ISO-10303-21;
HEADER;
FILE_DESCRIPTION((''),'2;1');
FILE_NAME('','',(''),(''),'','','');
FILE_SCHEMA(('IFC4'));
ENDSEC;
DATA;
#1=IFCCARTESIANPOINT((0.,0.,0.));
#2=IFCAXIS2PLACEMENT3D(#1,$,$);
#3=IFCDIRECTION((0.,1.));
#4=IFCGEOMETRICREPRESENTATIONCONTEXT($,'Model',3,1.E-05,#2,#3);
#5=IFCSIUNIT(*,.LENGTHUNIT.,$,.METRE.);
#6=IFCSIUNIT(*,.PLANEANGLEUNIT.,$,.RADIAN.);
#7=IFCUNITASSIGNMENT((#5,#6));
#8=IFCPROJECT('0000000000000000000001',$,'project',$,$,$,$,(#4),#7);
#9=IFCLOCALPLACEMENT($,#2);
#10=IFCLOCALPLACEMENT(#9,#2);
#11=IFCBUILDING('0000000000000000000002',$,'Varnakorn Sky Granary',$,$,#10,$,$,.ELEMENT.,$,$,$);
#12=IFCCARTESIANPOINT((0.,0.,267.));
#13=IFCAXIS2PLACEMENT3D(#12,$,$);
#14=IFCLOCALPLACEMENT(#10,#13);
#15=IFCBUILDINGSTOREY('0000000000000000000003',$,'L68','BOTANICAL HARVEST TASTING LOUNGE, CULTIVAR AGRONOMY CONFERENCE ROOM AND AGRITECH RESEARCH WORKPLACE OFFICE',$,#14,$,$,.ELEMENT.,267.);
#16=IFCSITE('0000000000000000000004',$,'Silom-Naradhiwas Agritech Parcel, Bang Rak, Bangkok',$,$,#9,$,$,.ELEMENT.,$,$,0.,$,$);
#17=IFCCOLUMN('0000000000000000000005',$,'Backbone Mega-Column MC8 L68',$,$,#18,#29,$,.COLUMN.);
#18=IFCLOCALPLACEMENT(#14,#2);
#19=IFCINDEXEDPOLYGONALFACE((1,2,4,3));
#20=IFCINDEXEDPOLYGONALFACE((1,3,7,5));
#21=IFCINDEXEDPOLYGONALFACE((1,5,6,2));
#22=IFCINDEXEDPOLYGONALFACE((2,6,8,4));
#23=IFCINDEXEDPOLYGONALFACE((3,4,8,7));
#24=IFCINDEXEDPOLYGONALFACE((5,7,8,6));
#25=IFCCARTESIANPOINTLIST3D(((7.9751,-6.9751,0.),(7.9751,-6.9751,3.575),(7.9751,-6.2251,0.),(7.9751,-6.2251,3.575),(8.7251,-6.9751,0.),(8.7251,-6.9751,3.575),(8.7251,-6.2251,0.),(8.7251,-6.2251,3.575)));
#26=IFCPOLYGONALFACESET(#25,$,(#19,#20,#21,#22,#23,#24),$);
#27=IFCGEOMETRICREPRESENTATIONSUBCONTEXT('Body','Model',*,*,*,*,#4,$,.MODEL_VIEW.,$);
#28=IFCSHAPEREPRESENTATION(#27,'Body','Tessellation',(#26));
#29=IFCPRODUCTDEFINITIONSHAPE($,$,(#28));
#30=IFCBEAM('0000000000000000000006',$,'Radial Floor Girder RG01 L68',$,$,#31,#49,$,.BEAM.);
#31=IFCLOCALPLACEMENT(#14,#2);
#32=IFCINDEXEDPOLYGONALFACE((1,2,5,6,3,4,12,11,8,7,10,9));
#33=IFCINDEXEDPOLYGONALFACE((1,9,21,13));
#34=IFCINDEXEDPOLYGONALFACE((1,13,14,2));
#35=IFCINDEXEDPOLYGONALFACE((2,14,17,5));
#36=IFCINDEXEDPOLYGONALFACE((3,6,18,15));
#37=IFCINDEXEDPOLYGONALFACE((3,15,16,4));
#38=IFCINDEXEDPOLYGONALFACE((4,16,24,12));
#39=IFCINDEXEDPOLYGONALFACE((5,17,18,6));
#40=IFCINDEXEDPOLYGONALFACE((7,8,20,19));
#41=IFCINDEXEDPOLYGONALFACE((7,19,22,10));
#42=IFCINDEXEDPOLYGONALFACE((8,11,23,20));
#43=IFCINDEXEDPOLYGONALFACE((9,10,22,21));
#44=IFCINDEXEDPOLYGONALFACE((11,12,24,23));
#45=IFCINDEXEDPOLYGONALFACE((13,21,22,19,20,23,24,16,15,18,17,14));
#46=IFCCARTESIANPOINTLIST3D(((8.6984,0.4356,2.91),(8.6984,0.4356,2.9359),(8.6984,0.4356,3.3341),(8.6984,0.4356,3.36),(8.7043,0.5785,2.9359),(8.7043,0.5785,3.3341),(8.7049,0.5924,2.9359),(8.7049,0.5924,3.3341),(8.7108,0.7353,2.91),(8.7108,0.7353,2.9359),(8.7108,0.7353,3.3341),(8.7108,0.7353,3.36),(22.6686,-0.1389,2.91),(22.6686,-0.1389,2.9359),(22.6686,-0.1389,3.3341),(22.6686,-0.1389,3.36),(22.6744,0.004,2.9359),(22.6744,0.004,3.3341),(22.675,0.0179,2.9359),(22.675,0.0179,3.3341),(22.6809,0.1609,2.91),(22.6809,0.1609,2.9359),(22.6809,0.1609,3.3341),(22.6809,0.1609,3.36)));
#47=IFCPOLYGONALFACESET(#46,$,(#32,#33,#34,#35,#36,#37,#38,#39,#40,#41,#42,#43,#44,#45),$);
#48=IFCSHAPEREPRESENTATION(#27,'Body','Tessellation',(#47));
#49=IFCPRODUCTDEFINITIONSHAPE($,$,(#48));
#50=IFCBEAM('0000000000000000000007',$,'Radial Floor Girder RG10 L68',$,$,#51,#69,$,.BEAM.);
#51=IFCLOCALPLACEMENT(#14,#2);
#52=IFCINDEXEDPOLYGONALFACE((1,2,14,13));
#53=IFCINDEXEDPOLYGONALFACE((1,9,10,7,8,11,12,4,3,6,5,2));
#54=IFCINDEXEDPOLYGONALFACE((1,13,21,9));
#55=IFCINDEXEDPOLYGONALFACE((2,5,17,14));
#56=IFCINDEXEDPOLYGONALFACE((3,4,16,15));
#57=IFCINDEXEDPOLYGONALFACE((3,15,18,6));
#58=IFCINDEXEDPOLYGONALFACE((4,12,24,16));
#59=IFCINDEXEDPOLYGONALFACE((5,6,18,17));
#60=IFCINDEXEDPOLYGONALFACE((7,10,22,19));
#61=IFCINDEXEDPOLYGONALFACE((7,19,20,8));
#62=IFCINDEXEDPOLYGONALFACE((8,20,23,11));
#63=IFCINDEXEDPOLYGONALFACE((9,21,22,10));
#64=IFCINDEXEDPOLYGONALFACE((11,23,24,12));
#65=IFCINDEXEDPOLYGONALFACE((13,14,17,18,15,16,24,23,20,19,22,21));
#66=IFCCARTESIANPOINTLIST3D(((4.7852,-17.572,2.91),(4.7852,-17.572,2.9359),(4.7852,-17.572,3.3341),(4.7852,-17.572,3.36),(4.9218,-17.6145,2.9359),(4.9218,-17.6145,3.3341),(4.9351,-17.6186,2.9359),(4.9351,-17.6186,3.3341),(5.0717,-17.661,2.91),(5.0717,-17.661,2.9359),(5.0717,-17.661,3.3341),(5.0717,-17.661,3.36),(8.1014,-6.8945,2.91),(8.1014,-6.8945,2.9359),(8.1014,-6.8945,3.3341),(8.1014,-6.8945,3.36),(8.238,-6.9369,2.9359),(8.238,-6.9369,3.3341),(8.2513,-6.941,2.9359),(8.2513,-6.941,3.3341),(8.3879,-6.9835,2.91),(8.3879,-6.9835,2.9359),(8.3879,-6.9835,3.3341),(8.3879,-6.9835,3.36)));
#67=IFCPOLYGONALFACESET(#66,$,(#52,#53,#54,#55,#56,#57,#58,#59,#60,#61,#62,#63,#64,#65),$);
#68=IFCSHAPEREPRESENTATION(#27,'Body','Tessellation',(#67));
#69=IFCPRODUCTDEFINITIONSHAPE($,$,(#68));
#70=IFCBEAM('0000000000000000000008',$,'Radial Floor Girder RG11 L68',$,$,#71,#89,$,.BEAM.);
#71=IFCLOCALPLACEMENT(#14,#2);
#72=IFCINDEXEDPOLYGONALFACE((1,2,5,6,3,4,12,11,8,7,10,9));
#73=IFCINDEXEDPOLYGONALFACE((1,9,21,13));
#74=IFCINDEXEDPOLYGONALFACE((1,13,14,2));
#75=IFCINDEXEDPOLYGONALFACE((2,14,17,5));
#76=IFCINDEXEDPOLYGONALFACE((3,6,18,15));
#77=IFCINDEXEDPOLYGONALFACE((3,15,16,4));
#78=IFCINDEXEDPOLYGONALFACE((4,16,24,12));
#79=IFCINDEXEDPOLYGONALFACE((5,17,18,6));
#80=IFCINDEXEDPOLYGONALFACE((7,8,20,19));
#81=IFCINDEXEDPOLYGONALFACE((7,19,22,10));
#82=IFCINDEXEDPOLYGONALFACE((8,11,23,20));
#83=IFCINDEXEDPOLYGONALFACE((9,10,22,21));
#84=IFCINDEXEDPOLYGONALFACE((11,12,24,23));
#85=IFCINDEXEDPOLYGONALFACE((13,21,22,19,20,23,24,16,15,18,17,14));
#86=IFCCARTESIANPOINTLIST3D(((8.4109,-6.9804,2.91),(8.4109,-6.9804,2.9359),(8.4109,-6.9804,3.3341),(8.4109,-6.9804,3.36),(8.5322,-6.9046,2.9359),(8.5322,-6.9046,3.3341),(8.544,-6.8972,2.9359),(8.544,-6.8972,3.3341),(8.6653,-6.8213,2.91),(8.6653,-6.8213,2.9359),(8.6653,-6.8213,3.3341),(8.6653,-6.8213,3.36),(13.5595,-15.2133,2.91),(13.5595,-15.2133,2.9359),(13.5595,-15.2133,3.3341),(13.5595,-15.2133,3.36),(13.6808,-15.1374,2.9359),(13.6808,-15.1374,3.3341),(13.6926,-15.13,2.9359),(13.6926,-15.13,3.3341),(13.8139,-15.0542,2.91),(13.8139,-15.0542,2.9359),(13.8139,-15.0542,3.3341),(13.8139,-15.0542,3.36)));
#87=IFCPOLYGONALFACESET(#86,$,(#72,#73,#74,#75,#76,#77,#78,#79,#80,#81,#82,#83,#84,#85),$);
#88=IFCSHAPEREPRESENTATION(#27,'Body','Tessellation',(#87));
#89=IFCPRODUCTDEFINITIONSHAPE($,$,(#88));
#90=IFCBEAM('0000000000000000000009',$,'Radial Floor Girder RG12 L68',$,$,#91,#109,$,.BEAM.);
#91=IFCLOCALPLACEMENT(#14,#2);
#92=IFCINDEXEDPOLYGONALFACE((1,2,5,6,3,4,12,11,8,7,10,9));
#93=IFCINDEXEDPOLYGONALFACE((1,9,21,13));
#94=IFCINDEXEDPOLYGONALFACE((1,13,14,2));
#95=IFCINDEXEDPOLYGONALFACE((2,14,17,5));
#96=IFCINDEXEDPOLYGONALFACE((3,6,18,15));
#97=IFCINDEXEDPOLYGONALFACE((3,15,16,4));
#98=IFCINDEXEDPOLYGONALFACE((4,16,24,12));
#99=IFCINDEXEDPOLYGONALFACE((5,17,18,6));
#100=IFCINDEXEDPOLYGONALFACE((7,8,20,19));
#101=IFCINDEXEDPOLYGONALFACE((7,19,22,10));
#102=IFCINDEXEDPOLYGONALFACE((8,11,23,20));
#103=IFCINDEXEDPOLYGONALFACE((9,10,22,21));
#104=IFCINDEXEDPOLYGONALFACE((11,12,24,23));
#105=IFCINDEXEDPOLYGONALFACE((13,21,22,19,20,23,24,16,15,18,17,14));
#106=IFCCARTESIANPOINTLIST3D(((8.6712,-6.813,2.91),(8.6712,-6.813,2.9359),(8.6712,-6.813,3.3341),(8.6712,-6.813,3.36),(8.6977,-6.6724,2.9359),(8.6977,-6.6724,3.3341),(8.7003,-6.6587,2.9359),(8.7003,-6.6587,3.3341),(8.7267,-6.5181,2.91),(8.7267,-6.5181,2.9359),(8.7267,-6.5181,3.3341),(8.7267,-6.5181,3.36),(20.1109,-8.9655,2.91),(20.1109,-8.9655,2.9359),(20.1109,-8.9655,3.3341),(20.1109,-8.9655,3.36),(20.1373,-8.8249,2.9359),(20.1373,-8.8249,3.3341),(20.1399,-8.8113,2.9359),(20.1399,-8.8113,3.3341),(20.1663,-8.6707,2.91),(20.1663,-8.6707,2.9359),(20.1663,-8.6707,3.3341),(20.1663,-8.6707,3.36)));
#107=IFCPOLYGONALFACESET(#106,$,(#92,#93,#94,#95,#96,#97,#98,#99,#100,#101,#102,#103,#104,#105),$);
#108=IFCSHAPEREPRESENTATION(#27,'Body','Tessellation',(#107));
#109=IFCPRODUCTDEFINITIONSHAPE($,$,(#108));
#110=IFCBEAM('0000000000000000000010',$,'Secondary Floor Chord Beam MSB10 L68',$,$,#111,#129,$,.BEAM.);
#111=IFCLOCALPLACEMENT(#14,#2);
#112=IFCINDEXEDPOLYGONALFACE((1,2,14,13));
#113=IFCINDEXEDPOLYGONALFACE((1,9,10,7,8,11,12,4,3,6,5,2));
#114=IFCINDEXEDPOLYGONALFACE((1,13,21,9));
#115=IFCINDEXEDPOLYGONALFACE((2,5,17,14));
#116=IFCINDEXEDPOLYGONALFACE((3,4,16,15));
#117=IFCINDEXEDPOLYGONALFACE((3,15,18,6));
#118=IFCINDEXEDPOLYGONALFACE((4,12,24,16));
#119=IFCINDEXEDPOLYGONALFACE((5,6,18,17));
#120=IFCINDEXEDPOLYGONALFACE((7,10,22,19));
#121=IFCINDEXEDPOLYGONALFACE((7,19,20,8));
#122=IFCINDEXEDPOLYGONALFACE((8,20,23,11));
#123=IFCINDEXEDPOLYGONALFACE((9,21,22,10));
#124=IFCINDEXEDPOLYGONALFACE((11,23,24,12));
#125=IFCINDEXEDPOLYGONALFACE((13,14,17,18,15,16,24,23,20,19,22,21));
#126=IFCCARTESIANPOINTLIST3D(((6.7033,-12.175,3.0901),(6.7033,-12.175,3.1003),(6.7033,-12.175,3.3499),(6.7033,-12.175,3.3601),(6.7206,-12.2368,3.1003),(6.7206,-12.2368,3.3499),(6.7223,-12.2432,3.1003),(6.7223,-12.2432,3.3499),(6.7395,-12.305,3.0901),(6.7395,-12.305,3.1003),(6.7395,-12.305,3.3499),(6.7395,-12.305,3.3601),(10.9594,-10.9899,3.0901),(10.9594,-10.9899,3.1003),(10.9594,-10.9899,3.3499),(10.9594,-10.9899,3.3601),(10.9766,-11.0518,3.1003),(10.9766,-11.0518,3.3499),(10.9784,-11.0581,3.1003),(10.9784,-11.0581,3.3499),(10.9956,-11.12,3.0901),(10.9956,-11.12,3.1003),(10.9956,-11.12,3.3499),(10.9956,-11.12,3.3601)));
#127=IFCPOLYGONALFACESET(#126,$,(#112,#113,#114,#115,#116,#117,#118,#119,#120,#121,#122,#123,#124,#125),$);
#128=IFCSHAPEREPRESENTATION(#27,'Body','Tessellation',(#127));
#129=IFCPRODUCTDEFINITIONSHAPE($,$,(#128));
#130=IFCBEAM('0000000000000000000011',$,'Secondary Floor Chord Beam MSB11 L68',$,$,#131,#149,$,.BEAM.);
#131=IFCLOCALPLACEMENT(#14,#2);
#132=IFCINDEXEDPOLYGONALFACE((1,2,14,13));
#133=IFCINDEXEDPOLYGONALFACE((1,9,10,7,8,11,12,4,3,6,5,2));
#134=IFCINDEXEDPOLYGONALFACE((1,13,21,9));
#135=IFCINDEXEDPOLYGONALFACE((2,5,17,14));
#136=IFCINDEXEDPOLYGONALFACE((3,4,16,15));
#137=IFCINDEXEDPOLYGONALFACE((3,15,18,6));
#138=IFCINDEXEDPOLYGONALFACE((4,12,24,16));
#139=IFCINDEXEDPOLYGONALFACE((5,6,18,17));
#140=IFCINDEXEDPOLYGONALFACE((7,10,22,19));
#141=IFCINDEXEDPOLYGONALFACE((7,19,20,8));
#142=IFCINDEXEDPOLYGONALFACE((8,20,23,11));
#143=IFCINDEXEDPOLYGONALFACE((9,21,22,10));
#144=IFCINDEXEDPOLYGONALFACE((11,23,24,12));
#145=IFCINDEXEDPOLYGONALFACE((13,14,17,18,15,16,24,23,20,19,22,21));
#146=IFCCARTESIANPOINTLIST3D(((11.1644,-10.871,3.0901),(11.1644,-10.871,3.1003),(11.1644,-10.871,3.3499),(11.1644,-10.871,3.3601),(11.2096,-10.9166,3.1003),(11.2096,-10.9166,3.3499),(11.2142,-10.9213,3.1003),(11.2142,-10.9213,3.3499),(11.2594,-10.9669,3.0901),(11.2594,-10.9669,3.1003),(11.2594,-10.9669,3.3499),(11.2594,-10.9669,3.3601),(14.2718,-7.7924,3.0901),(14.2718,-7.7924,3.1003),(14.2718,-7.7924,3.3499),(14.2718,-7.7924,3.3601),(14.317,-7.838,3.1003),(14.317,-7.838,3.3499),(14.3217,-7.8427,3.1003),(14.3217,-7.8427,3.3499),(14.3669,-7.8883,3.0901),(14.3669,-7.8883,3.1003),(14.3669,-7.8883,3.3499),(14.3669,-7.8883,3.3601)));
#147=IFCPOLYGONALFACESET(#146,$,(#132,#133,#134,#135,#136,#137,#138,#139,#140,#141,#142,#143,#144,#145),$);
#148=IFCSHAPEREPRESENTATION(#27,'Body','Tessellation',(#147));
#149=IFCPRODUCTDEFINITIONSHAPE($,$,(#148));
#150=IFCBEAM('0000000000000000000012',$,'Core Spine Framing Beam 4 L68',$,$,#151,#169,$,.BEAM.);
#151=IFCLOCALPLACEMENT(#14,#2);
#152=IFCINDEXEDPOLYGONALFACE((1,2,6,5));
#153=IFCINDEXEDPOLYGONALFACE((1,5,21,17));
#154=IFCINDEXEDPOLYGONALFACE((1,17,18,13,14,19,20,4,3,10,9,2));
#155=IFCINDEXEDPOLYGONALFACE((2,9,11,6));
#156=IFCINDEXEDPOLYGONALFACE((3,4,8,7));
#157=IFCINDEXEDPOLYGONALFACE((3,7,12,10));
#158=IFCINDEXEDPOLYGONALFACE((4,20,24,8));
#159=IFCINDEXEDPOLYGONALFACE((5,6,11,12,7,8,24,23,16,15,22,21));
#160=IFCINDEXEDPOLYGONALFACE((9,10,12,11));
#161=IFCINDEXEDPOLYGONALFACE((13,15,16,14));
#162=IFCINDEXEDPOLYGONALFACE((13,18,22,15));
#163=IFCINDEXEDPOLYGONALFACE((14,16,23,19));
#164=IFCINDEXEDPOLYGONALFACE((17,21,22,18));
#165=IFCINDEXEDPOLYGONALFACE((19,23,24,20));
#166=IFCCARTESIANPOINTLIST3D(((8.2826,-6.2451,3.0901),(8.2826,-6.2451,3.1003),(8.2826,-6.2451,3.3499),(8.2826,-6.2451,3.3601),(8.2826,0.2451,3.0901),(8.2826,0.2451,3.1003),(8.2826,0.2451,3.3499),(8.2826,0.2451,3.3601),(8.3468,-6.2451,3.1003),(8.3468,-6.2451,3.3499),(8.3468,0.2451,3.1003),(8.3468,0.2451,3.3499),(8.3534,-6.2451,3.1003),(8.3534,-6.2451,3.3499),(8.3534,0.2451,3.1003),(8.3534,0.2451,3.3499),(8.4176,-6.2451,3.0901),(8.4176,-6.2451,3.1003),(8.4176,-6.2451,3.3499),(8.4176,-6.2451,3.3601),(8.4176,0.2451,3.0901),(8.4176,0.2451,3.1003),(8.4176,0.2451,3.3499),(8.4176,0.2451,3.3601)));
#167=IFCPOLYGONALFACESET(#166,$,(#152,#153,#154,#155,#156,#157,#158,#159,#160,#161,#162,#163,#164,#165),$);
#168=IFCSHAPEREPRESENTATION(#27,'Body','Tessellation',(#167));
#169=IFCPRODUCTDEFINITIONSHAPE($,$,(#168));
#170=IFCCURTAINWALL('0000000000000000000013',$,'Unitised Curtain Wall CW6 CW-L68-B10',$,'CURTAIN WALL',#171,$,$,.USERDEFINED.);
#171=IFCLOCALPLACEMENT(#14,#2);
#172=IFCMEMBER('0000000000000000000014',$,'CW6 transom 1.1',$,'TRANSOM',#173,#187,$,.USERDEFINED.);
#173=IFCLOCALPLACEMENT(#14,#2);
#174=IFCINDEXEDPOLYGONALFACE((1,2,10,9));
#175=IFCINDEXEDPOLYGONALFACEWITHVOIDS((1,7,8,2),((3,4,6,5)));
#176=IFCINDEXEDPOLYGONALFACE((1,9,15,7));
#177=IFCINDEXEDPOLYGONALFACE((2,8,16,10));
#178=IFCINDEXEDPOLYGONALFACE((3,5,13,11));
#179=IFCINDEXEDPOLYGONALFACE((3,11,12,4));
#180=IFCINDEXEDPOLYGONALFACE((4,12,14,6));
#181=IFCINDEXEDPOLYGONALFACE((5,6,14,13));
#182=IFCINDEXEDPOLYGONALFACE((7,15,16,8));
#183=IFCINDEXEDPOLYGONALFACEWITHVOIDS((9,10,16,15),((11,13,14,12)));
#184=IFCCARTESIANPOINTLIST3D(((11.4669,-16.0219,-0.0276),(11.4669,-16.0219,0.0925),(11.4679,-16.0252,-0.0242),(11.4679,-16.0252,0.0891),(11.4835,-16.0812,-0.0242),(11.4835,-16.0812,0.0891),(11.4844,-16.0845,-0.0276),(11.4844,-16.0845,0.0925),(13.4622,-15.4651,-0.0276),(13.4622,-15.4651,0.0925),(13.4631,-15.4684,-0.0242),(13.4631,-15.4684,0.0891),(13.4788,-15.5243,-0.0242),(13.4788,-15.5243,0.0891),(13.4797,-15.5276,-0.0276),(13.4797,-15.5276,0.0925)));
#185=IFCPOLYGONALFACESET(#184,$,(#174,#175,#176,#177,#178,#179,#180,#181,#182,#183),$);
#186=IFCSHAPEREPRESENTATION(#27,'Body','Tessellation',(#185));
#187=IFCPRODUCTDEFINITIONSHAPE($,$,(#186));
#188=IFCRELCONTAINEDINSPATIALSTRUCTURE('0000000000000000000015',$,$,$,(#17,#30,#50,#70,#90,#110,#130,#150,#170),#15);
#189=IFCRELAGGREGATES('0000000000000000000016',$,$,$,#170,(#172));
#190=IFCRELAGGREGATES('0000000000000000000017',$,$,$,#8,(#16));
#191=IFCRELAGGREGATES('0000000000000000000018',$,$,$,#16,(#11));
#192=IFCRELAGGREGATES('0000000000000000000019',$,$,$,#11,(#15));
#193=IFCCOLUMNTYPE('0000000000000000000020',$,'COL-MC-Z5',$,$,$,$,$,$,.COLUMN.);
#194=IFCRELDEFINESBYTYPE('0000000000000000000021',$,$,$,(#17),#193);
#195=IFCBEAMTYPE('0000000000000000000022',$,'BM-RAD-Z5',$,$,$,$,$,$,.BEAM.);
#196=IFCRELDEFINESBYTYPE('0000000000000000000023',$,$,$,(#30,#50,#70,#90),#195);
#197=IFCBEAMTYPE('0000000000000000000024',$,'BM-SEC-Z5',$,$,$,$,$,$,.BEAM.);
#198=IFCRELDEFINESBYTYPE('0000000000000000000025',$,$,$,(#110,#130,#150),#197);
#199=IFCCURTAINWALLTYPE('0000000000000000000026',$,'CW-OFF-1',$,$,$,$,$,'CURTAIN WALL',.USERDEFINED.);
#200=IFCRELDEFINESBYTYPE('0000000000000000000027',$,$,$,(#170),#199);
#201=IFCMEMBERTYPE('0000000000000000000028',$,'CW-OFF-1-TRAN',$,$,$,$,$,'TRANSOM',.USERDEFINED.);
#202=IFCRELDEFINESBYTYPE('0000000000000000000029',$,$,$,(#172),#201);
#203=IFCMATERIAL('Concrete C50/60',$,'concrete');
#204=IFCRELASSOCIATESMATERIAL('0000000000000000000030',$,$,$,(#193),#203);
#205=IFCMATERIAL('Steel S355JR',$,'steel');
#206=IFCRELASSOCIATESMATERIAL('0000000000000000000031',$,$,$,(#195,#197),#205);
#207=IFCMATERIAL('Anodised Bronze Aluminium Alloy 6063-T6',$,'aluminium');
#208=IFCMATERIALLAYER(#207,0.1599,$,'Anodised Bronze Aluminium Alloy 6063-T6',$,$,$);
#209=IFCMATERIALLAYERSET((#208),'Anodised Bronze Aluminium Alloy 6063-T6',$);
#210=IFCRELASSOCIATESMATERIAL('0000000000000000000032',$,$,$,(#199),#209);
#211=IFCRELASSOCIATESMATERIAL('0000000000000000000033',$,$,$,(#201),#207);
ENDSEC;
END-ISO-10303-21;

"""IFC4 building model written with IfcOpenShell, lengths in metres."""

from ifc_helpers import new_model, si_unit, direction, frame, origin, origin_2d, place, context, subcontext, project, spatial, rectangle, hollow_rectangle, i_section, extrude, material, layer, layer_set, material_profile, profile_set, type_object, element, aggregate, save


model = new_model("IFC4")

# Units and contexts
model_context = context("Model", 3, precision=1e-05, world=origin(), true_north=direction((0.0, 1.0)))
body_context = subcontext(model_context, "Body", "Model", "MODEL_VIEW")
ifc_project = project(units=[si_unit("LENGTHUNIT", "METRE"), si_unit("PLANEANGLEUNIT", "RADIAN")], contexts=[model_context])

# Site, building, storey
site_placement = place(None, origin())
site = spatial("IfcSite", under=ifc_project, at=site_placement, Name="Silom-Naradhiwas Agritech Parcel, Bang Rak, Bangkok", CompositionType="ELEMENT", RefElevation=0.0)
building_placement = place(site_placement, origin())
building = spatial("IfcBuilding", under=site, at=building_placement, Name="Varnakorn Sky Granary", CompositionType="ELEMENT")
storey_placement = place(building_placement, frame((0.0, 0.0, 267.0)))
storey = spatial("IfcBuildingStorey", under=building, at=storey_placement, Name="L68", Description="BOTANICAL HARVEST TASTING LOUNGE, CULTIVAR AGRONOMY CONFERENCE ROOM AND AGRITECH RESEARCH WORKPLACE OFFICE", CompositionType="ELEMENT", Elevation=267.0)

# Column
ifc_material_1 = material(Name="Concrete C50/60", Category="concrete")
ifc_material_profile_1 = material_profile(ifc_material_1, rectangle(XDim=0.75, YDim=0.75, at=origin_2d()), Name="RC 750x750")
ifc_profile_set_1 = profile_set([ifc_material_profile_1], Name="Concrete C50/60")
column_type = type_object("IfcColumnType", Name="COL-MC-Z5", PredefinedType="COLUMN", material=ifc_profile_set_1)
column_placement = place(storey_placement, frame((8.3501, -6.6001, 0.0), z_axis=(0.0, 0.0, 1.0), x_axis=(1.0, 0.0, 0.0)))
element("IfcColumn", 1, at=column_placement, inside=storey, type_object=column_type, Name="Backbone Mega-Column MC8 L68", PredefinedType="COLUMN", context=body_context, shape_type="SweptSolid", body=[
    extrude(rectangle(XDim=0.75, YDim=0.75, at=origin_2d()), origin(), (0.0, 0.0, 1.0), 3.575),
])

# Beams
ifc_material_2 = material(Name="Steel S355JR", Category="steel")
ifc_material_profile_2 = material_profile(ifc_material_2, i_section(OverallWidth=0.3, OverallDepth=0.45, WebThickness=0.0139, FlangeThickness=0.0259, at=origin_2d()), Name="HE 450 B")
ifc_profile_set_2 = profile_set([ifc_material_profile_2], Name="Steel S355JR")
beam_type_1 = type_object("IfcBeamType", Name="BM-RAD-Z5", PredefinedType="BEAM", material=ifc_profile_set_2)
beam_1_placement = place(storey_placement, frame((8.7046, 0.5854, 3.135), z_axis=(0.999156, -0.041086, 0.0), x_axis=(0.041086, 0.999156, 0.0)))
element("IfcBeam", 2, at=beam_1_placement, inside=storey, type_object=beam_type_1, Name="Radial Floor Girder RG01 L68", PredefinedType="BEAM", context=body_context, shape_type="SweptSolid", body=[
    extrude(i_section(OverallWidth=0.3, OverallDepth=0.45, WebThickness=0.0139, FlangeThickness=0.0259, at=origin_2d()), origin(), (0.0, 0.0, 1.0), 13.9819),
])
beam_2_placement = place(storey_placement, frame((8.2446, -6.939, 3.135), z_axis=(-0.2966, -0.955002, 0.0), x_axis=(0.955002, -0.2966, 0.0)))
element("IfcBeam", 3, at=beam_2_placement, inside=storey, type_object=beam_type_1, Name="Radial Floor Girder RG10 L68", PredefinedType="BEAM", context=body_context, shape_type="SweptSolid", body=[
    extrude(i_section(OverallWidth=0.3, OverallDepth=0.45, WebThickness=0.0139, FlangeThickness=0.0259, at=origin_2d()), origin(), (0.0, 0.0, 1.0), 11.1807),
])
beam_3_placement = place(storey_placement, frame((8.5381, -6.9009, 3.135), z_axis=(0.530229, -0.847854, 0.0), x_axis=(0.847854, 0.530229, 0.0)))
element("IfcBeam", 4, at=beam_3_placement, inside=storey, type_object=beam_type_1, Name="Radial Floor Girder RG11 L68", PredefinedType="BEAM", context=body_context, shape_type="SweptSolid", body=[
    extrude(i_section(OverallWidth=0.3, OverallDepth=0.45, WebThickness=0.0139, FlangeThickness=0.0259, at=origin_2d()), origin(), (0.0, 0.0, 1.0), 9.7102),
])
beam_4_placement = place(storey_placement, frame((8.699, -6.6655, 3.135), z_axis=(0.982753, -0.184923, 0.0), x_axis=(0.184923, 0.982753, 0.0)))
element("IfcBeam", 5, at=beam_4_placement, inside=storey, type_object=beam_type_1, Name="Radial Floor Girder RG12 L68", PredefinedType="BEAM", context=body_context, shape_type="SweptSolid", body=[
    extrude(i_section(OverallWidth=0.3, OverallDepth=0.45, WebThickness=0.0139, FlangeThickness=0.0259, at=origin_2d()), origin(), (0.0, 0.0, 1.0), 11.6404),
])
ifc_material_profile_3 = material_profile(ifc_material_2, i_section(OverallWidth=0.135, OverallDepth=0.27, WebThickness=0.0066, FlangeThickness=0.0103, at=origin_2d()), Name="IPE 270")
ifc_profile_set_3 = profile_set([ifc_material_profile_3], Name="Steel S355JR")
beam_type_2 = type_object("IfcBeamType", Name="BM-SEC-Z5", PredefinedType="BEAM", material=ifc_profile_set_3)
beam_5_placement = place(storey_placement, frame((6.7214, -12.24, 3.2251), z_axis=(0.963354, 0.268234, 0.0), x_axis=(-0.268234, 0.963354, 0.0)))
element("IfcBeam", 6, at=beam_5_placement, inside=storey, type_object=beam_type_2, Name="Secondary Floor Chord Beam MSB10 L68", PredefinedType="BEAM", context=body_context, shape_type="SweptSolid", body=[
    extrude(i_section(OverallWidth=0.135, OverallDepth=0.27, WebThickness=0.0066, FlangeThickness=0.0103, at=origin_2d()), origin(), (0.0, 0.0, 1.0), 4.418),
])
beam_6_placement = place(storey_placement, frame((11.2119, -10.9189, 3.2251), z_axis=(0.710392, 0.703806, 0.0), x_axis=(-0.703806, 0.710392, 0.0)))
element("IfcBeam", 7, at=beam_6_placement, inside=storey, type_object=beam_type_2, Name="Secondary Floor Chord Beam MSB11 L68", PredefinedType="BEAM", context=body_context, shape_type="SweptSolid", body=[
    extrude(i_section(OverallWidth=0.135, OverallDepth=0.27, WebThickness=0.0066, FlangeThickness=0.0103, at=origin_2d()), origin(), (0.0, 0.0, 1.0), 4.3743),
])
beam_7_placement = place(storey_placement, frame((8.3501, 0.2451, 3.2251), z_axis=(0.0, -1.0, 0.0), x_axis=(1.0, 0.0, 0.0)))
element("IfcBeam", 8, at=beam_7_placement, inside=storey, type_object=beam_type_2, Name="Core Spine Framing Beam 4 L68", PredefinedType="BEAM", context=body_context, shape_type="SweptSolid", body=[
    extrude(i_section(OverallWidth=0.135, OverallDepth=0.27, WebThickness=0.0066, FlangeThickness=0.0103, at=origin_2d()), origin(), (0.0, 0.0, 1.0), 6.4902),
])

# Curtain wall, member
ifc_material_3 = material(Name="Anodised Bronze Aluminium Alloy 6063-T6", Category="aluminium")
ifc_layer_1 = layer(ifc_material_3, 0.1599, Name="Anodised Bronze Aluminium Alloy 6063-T6")
ifc_layer_set_1 = layer_set([ifc_layer_1], Name="Anodised Bronze Aluminium Alloy 6063-T6")
curtain_wall_type = type_object("IfcCurtainWallType", Name="CW-OFF-1", ElementType="CURTAIN WALL", PredefinedType="USERDEFINED", material=ifc_layer_set_1)
curtain_wall_placement = place(storey_placement, origin())
curtain_wall = element("IfcCurtainWall", 9, at=curtain_wall_placement, inside=storey, type_object=curtain_wall_type, Name="Unitised Curtain Wall CW6 CW-L68-B10", ObjectType="CURTAIN WALL", PredefinedType="USERDEFINED")
ifc_material_profile_4 = material_profile(ifc_material_3, hollow_rectangle(XDim=0.0649, YDim=0.1201, WallThickness=0.0034, at=origin_2d()), Name="ALU TRAN 65x120")
ifc_profile_set_4 = profile_set([ifc_material_profile_4], Name="Anodised Bronze Aluminium Alloy 6063-T6")
member_type = type_object("IfcMemberType", Name="CW-OFF-1-TRAN", ElementType="TRANSOM", PredefinedType="USERDEFINED", material=ifc_profile_set_4)
member_placement = place(storey_placement, frame((13.4709, -15.4963, 0.0325), z_axis=(-0.963191, -0.268817, 0.0), x_axis=(0.268817, -0.963191, 0.0)))
member = element("IfcMember", 10, at=member_placement, type_object=member_type, Name="CW6 transom 1.1", ObjectType="TRANSOM", PredefinedType="USERDEFINED", context=body_context, shape_type="SweptSolid", body=[
    extrude(hollow_rectangle(XDim=0.0649, YDim=0.1201, WallThickness=0.0034, at=origin_2d()), origin(), (0.0, 0.0, 1.0), 2.0715),
])
aggregate(curtain_wall, [member])

save(model, "model.ifc")
